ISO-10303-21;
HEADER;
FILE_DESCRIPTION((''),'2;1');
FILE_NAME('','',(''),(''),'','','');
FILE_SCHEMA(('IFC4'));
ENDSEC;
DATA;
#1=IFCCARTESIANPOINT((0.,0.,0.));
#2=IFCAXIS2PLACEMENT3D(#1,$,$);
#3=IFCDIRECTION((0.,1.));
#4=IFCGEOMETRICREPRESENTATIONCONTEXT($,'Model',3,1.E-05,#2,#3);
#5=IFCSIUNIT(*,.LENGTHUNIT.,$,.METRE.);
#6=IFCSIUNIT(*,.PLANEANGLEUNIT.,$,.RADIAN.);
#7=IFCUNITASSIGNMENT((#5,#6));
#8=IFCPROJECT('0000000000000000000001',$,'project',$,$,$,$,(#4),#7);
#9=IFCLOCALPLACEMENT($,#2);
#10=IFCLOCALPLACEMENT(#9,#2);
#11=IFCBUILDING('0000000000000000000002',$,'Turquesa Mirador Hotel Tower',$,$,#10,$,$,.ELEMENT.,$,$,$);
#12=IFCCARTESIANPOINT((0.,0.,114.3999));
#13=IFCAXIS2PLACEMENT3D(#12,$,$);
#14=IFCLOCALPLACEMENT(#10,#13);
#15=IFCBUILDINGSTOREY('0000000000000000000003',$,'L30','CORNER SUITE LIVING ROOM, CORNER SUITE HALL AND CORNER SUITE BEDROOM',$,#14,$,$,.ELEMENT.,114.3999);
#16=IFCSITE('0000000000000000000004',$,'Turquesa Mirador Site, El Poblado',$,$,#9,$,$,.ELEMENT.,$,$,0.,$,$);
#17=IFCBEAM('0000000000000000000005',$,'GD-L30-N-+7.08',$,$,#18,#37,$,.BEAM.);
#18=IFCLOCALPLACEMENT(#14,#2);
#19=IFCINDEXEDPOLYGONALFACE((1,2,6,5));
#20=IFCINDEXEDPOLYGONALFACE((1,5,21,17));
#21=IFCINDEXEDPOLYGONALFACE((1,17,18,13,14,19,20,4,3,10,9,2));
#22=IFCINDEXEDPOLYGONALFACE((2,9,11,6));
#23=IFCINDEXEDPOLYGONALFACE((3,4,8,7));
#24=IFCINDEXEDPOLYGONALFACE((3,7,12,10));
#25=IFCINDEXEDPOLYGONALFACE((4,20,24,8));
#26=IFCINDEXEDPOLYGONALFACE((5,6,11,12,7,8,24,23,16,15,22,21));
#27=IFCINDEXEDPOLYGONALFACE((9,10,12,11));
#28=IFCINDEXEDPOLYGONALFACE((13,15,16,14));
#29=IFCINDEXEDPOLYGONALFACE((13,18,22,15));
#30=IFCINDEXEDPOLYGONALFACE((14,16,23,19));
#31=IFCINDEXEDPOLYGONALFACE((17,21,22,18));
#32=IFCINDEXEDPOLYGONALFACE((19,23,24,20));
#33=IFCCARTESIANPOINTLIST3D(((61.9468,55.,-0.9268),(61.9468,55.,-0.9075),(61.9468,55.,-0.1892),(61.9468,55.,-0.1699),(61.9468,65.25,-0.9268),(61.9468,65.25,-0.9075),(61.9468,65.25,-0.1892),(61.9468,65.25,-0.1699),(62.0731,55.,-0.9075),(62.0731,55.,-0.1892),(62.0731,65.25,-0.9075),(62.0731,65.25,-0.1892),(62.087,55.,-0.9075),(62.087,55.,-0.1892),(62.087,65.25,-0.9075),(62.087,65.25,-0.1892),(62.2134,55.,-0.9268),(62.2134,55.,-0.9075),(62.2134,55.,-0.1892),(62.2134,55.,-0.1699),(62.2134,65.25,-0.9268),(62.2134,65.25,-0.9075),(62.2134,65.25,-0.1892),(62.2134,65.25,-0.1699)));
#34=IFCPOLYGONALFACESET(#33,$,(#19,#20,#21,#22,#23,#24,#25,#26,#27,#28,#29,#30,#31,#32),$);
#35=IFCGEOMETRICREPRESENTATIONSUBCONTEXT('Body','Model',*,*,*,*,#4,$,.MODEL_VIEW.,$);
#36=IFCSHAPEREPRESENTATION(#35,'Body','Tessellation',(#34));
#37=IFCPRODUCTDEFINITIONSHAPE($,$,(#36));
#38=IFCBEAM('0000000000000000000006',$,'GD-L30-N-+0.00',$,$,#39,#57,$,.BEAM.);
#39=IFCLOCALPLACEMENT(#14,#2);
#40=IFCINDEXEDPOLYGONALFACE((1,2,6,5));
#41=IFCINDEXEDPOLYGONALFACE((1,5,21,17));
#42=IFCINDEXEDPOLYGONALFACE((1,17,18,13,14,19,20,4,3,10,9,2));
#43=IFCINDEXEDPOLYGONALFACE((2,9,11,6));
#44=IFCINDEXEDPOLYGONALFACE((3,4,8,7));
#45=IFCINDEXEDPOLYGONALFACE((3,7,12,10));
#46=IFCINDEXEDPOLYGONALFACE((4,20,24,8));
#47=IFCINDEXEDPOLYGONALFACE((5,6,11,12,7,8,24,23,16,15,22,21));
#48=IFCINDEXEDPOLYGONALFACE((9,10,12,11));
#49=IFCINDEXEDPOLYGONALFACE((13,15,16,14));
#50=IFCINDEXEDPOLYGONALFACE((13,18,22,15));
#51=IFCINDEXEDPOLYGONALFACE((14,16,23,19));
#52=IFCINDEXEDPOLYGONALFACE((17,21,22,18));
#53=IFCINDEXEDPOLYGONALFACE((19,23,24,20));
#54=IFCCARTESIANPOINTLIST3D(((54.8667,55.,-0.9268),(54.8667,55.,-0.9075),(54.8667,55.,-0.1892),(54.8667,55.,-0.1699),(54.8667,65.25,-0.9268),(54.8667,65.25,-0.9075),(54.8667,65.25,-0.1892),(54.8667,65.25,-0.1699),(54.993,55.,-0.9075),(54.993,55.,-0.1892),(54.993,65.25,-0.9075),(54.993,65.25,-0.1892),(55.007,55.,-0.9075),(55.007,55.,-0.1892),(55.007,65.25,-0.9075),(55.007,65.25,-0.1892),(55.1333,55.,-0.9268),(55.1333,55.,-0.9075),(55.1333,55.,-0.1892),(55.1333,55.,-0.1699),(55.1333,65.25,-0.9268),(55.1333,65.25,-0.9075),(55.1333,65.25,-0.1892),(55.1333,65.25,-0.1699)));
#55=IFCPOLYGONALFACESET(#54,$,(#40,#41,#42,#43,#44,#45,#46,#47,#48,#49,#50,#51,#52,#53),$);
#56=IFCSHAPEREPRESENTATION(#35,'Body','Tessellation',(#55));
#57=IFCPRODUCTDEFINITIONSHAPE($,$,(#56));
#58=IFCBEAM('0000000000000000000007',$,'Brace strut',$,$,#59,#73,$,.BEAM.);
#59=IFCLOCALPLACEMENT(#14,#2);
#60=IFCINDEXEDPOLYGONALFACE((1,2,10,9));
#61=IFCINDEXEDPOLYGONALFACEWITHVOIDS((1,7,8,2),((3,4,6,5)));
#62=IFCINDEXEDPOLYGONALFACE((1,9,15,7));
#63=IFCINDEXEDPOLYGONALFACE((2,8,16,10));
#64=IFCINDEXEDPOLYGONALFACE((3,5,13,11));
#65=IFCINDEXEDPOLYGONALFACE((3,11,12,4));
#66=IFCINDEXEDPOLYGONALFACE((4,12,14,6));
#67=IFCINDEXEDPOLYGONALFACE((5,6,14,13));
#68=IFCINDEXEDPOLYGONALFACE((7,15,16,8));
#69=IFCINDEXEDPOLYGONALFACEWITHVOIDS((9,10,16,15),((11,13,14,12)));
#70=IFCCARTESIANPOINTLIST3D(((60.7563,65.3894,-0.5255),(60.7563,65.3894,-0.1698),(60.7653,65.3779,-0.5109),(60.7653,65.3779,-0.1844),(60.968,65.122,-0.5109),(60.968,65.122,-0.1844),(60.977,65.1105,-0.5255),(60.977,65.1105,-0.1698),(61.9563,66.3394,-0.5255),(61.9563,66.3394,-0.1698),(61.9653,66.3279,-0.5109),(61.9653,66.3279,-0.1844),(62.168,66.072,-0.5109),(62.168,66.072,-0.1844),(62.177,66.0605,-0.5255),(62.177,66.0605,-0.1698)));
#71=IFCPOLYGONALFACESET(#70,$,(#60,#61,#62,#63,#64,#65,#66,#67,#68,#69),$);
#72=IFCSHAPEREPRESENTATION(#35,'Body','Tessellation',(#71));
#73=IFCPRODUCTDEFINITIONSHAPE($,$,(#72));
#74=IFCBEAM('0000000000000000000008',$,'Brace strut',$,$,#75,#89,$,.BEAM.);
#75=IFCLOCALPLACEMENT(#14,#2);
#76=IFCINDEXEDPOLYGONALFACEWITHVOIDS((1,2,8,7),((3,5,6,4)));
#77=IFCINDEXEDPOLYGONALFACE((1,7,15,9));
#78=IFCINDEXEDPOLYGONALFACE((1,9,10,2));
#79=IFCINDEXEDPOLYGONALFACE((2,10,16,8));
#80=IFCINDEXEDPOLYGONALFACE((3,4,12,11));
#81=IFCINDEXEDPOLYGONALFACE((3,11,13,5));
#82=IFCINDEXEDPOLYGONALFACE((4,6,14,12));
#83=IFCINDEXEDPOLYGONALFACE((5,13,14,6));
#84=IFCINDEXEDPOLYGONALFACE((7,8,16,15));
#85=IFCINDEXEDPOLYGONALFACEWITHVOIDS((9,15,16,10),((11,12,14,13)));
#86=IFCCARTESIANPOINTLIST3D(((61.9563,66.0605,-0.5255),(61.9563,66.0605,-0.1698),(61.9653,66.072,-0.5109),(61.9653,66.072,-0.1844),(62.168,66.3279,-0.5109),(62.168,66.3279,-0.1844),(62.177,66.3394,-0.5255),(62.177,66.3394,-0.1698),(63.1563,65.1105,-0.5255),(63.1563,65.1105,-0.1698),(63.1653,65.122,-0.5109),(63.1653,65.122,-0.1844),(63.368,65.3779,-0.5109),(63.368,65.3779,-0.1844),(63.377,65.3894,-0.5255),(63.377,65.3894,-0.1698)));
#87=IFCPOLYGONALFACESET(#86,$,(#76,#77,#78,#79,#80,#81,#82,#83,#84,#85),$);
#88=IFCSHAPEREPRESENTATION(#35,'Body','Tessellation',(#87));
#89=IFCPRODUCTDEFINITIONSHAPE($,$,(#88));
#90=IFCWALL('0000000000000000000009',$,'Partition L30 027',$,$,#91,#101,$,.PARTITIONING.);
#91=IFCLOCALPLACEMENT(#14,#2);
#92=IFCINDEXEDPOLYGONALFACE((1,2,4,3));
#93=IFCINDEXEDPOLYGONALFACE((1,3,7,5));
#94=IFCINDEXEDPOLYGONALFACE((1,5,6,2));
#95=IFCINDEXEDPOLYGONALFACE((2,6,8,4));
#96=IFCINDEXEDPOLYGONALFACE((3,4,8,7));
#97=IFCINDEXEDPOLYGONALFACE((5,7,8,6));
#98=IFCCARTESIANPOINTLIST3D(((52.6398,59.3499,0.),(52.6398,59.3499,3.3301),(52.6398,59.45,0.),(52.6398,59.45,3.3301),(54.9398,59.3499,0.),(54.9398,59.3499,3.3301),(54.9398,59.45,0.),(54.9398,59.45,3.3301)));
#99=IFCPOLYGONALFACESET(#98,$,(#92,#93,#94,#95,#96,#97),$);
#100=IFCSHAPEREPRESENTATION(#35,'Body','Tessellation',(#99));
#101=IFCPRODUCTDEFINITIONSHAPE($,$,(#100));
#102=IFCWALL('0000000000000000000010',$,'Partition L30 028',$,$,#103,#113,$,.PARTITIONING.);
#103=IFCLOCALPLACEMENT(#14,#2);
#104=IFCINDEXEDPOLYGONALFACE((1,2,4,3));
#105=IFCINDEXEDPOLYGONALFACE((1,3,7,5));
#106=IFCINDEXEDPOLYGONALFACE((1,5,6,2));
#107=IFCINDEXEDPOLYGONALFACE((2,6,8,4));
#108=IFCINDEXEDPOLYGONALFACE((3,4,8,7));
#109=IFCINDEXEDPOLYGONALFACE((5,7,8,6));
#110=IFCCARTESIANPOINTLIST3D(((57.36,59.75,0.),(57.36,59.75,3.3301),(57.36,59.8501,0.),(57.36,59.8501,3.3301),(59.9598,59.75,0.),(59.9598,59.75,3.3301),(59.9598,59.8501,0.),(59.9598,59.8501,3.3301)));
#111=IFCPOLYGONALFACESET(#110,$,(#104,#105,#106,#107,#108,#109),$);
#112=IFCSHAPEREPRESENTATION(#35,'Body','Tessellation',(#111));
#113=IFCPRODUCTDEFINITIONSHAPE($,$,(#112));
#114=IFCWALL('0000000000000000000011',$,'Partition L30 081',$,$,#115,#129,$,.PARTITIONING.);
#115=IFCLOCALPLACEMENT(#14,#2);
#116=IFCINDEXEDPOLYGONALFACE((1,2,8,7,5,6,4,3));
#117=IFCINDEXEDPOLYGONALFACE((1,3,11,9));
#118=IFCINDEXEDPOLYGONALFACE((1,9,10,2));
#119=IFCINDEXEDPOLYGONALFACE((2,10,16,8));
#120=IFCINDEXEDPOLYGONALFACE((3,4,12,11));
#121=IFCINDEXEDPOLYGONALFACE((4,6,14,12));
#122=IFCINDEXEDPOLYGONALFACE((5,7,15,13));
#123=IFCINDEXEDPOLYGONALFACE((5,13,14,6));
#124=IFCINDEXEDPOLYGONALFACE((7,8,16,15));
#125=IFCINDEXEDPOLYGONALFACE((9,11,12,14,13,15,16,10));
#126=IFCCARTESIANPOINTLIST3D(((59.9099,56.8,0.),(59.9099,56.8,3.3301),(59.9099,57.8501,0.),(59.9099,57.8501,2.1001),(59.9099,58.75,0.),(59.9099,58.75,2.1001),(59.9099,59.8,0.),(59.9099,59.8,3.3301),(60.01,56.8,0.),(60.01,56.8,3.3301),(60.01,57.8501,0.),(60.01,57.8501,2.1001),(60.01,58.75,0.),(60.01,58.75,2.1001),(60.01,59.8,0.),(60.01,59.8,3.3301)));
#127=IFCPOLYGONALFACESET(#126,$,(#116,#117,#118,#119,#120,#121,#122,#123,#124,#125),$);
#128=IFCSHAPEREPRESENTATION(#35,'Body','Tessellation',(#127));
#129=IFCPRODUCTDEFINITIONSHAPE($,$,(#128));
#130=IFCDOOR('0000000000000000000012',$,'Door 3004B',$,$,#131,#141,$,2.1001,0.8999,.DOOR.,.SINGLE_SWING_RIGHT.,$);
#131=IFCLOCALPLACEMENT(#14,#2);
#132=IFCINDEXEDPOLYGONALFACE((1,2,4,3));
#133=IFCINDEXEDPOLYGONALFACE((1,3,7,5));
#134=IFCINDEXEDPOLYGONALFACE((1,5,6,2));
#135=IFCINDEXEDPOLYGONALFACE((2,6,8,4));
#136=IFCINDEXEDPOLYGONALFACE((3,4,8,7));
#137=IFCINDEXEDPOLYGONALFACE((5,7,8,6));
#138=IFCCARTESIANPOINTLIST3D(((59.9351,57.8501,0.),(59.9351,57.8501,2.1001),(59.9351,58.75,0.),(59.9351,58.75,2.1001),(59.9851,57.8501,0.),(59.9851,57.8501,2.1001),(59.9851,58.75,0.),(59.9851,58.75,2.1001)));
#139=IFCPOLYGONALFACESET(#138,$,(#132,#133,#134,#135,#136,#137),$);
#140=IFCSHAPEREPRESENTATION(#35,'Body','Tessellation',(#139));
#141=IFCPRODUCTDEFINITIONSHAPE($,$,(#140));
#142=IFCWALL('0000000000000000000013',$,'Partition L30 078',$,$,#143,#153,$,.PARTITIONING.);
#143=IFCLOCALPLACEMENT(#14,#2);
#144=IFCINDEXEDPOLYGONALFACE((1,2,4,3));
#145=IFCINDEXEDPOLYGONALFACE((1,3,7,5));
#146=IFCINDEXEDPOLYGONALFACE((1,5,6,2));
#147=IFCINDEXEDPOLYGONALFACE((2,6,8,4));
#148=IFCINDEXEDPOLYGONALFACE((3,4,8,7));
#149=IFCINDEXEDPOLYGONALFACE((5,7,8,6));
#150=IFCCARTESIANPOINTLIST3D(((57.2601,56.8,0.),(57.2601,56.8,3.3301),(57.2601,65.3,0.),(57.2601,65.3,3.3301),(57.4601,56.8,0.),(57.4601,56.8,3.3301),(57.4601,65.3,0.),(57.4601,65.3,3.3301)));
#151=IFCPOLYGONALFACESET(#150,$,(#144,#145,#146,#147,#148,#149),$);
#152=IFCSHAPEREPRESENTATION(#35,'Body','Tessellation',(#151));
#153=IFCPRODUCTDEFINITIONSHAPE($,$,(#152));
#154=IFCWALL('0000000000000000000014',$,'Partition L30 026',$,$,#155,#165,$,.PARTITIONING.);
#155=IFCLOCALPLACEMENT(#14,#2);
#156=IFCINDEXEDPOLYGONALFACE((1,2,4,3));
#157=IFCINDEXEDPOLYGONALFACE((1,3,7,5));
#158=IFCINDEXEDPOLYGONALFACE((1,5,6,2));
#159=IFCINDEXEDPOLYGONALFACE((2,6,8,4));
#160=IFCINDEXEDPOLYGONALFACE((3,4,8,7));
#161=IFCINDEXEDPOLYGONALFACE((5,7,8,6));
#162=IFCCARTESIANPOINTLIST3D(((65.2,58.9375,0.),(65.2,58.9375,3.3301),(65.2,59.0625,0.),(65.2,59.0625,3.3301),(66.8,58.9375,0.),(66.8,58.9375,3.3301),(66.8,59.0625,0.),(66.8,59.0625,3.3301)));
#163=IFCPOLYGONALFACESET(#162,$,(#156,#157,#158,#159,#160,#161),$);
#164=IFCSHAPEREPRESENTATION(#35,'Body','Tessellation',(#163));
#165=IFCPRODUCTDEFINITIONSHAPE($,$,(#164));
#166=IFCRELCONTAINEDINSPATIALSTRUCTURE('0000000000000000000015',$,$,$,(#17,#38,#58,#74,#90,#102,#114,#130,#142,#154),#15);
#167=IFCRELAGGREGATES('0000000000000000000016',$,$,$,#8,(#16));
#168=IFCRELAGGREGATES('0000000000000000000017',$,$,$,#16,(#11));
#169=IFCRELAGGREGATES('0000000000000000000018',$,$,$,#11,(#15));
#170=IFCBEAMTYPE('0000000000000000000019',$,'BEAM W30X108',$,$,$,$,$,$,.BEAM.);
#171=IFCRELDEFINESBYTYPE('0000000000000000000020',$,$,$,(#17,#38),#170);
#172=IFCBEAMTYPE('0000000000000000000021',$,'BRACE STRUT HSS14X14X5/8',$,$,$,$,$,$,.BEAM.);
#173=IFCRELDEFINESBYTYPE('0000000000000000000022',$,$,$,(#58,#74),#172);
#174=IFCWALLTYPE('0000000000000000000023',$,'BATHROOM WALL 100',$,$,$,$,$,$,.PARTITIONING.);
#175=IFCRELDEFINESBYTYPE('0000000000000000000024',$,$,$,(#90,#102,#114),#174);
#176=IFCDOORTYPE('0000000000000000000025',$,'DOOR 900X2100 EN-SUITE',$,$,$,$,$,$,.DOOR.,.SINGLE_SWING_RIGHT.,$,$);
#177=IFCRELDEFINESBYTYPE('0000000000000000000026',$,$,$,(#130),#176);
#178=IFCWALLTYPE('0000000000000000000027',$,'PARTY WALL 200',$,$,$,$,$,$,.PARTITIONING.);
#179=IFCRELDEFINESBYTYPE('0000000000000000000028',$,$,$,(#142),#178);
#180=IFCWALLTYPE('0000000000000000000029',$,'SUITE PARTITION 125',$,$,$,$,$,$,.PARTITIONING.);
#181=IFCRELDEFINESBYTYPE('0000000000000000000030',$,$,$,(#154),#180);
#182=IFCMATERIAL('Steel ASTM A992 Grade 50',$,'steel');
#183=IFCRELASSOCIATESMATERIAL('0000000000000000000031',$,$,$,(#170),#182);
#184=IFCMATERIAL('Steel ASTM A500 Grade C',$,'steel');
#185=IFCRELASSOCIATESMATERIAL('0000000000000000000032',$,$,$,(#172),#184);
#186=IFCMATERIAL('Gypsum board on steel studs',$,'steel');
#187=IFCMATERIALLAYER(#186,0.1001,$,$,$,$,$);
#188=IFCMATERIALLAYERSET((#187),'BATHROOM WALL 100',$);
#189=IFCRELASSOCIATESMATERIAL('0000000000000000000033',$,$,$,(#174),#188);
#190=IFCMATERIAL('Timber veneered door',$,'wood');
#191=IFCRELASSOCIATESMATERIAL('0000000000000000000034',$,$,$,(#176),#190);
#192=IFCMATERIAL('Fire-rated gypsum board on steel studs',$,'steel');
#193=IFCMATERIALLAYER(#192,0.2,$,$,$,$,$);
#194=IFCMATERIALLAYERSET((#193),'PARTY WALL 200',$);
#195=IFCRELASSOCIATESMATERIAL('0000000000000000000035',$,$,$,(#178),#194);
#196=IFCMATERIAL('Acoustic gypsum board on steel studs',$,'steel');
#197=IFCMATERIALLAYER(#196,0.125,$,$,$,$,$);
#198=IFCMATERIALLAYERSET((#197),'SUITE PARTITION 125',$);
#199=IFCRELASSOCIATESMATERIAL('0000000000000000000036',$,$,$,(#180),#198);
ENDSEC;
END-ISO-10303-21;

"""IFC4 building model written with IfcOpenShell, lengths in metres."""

from ifc_helpers import new_model, si_unit, direction, frame, frame_2d, origin, origin_2d, place, context, subcontext, project, spatial, rectangle, hollow_rectangle, i_section, extrude, material, layer, layer_set, material_profile, profile_set, type_object, element, fill, save


model = new_model("IFC4")

# Units and contexts
model_context = context("Model", 3, precision=1e-05, world=origin(), true_north=direction((0.0, 1.0)))
body_context = subcontext(model_context, "Body", "Model", "MODEL_VIEW")
ifc_project = project(units=[si_unit("LENGTHUNIT", "METRE"), si_unit("PLANEANGLEUNIT", "RADIAN")], contexts=[model_context])

# Site, building, storey
site_placement = place(None, origin())
site = spatial("IfcSite", under=ifc_project, at=site_placement, Name="Turquesa Mirador Site, El Poblado", CompositionType="ELEMENT", RefElevation=0.0)
building_placement = place(site_placement, origin())
building = spatial("IfcBuilding", under=site, at=building_placement, Name="Turquesa Mirador Hotel Tower", CompositionType="ELEMENT")
storey_placement = place(building_placement, frame((0.0, 0.0, 114.3999)))
storey = spatial("IfcBuildingStorey", under=building, at=storey_placement, Name="L30", Description="CORNER SUITE LIVING ROOM, CORNER SUITE HALL AND CORNER SUITE BEDROOM", CompositionType="ELEMENT", Elevation=114.3999)

# Beams
ifc_material_1 = material(Name="Steel ASTM A992 Grade 50", Category="steel")
ifc_material_profile_1 = material_profile(ifc_material_1, i_section(OverallWidth=0.2666, OverallDepth=0.7568, WebThickness=0.0139, FlangeThickness=0.0193, at=origin_2d()), Name="W30X108")
ifc_profile_set_1 = profile_set([ifc_material_profile_1], Name="Steel ASTM A992 Grade 50")
beam_type_1 = type_object("IfcBeamType", Name="BEAM W30X108", PredefinedType="BEAM", material=ifc_profile_set_1)
for number, where, z_axis, x_axis, name in (
    (1, (62.0801, 65.25, -0.5483), (0.0, -1.0, 0.0), (1.0, 0.0, 0.0), "GD-L30-N-+7.08"),
    (2, (55.0, 65.25, -0.5483), (0.0, -1.0, 0.0), (1.0, 0.0, 0.0), "GD-L30-N-+0.00"),
):
    element("IfcBeam", number, at=place(storey_placement, frame(where, z_axis=z_axis, x_axis=x_axis)), inside=storey, type_object=beam_type_1, Name=name, PredefinedType="BEAM", context=body_context, shape_type="SweptSolid", body=[
        extrude(i_section(OverallWidth=0.2666, OverallDepth=0.7568, WebThickness=0.0139, FlangeThickness=0.0193, at=origin_2d()), origin(), (0.0, 0.0, 1.0), 10.25),
    ])
ifc_material_2 = material(Name="Steel ASTM A500 Grade C", Category="steel")
ifc_material_profile_2 = material_profile(ifc_material_2, hollow_rectangle(XDim=0.3557, YDim=0.3557, WallThickness=0.0146, at=origin_2d()), Name="HSS14X14X5/8")
ifc_profile_set_2 = profile_set([ifc_material_profile_2], Name="Steel ASTM A500 Grade C")
beam_type_2 = type_object("IfcBeamType", Name="BRACE STRUT HSS14X14X5/8", PredefinedType="BEAM", material=ifc_profile_set_2)
for number, where, z_axis, x_axis, name in (
    (3, (62.0667, 66.2, -0.3477), (-0.784049, -0.620699, 0.0), (0.620699, -0.784049, 0.0), "Brace strut"),
    (4, (62.0667, 66.2, -0.3477), (0.784049, -0.620699, 0.0), (0.620699, 0.784049, 0.0), "Brace strut"),
):
    element("IfcBeam", number, at=place(storey_placement, frame(where, z_axis=z_axis, x_axis=x_axis)), inside=storey, type_object=beam_type_2, Name=name, PredefinedType="BEAM", context=body_context, shape_type="SweptSolid", body=[
        extrude(hollow_rectangle(XDim=0.3557, YDim=0.3557, WallThickness=0.0146, at=origin_2d()), origin(), (0.0, 0.0, 1.0), 1.5305),
    ])

# Walls
ifc_material_3 = material(Name="Gypsum board on steel studs", Category="steel")
ifc_layer_1 = layer(ifc_material_3, 0.1001)
ifc_layer_set_1 = layer_set([ifc_layer_1], Name="BATHROOM WALL 100")
wall_type_1 = type_object("IfcWallType", Name="BATHROOM WALL 100", PredefinedType="PARTITIONING", material=ifc_layer_set_1)
wall_1_placement = place(storey_placement, frame((52.6399, 59.3999, 0.0), z_axis=(0.0, 0.0, 1.0), x_axis=(1.0, 0.0, 0.0)))
element("IfcWall", 5, at=wall_1_placement, inside=storey, type_object=wall_type_1, Name="Partition L30 027", PredefinedType="PARTITIONING", context=body_context, shape_type="SweptSolid", body=[
    extrude(rectangle(XDim=2.3, YDim=0.1001, at=frame_2d((1.1499, 0.0))), origin(), (0.0, 0.0, 1.0), 3.3301),
])
wall_2_placement = place(storey_placement, frame((57.3601, 59.8, 0.0), z_axis=(0.0, 0.0, 1.0), x_axis=(1.0, 0.0, 0.0)))
element("IfcWall", 6, at=wall_2_placement, inside=storey, type_object=wall_type_1, Name="Partition L30 028", PredefinedType="PARTITIONING", context=body_context, shape_type="SweptSolid", body=[
    extrude(rectangle(XDim=2.5999, YDim=0.1001, at=frame_2d((1.2998, 0.0))), origin(), (0.0, 0.0, 1.0), 3.3301),
])

# Wall, opening, door
wall_3_placement = place(storey_placement, frame((59.96, 56.8, 0.0), z_axis=(0.0, 0.0, 1.0), x_axis=(0.0, 1.0, 0.0)))
wall_3 = element("IfcWall", 7, at=wall_3_placement, inside=storey, type_object=wall_type_1, Name="Partition L30 081", PredefinedType="PARTITIONING", context=body_context, shape_type="SweptSolid", body=[
    extrude(rectangle(XDim=3.0, YDim=0.1001, at=frame_2d((1.5, 0.0))), origin(), (0.0, 0.0, 1.0), 3.3301),
])
opening_1_placement = place(wall_3_placement, frame((1.05, 0.0, 0.0)))
opening_1 = element("IfcOpeningElement", 8, at=opening_1_placement, cuts=wall_3, PredefinedType="OPENING", context=body_context, shape_type="SweptSolid", body=[
    extrude(rectangle(XDim=0.8999, YDim=2.1001, at=frame_2d((0.45, 1.05))), frame((0.0, 0.0601, 0.0), z_axis=(0.0, -1.0, 0.0), x_axis=(1.0, 0.0, 0.0)), (0.0, 0.0, 1.0), 0.1201),
])
ifc_material_4 = material(Name="Timber veneered door", Category="wood")
door_type_1 = type_object("IfcDoorType", Name="DOOR 900X2100 EN-SUITE", OperationType="SINGLE_SWING_RIGHT", PredefinedType="DOOR", material=ifc_material_4)
door_1_placement = place(opening_1_placement, origin())
door_1 = element("IfcDoor", 9, at=door_1_placement, inside=storey, type_object=door_type_1, Name="Door 3004B", OperationType="SINGLE_SWING_RIGHT", OverallHeight=2.1001, OverallWidth=0.8999, PredefinedType="DOOR", context=body_context, shape_type="SweptSolid", body=[
    extrude(rectangle(XDim=0.8999, YDim=2.1001, at=frame_2d((0.45, 1.05))), frame((0.0, 0.0249, 0.0), z_axis=(0.0, -1.0, 0.0), x_axis=(1.0, 0.0, 0.0)), (0.0, 0.0, 1.0), 0.05),
])
fill(opening_1, door_1)

# Walls
ifc_material_5 = material(Name="Fire-rated gypsum board on steel studs", Category="steel")
ifc_layer_2 = layer(ifc_material_5, 0.2)
ifc_layer_set_2 = layer_set([ifc_layer_2], Name="PARTY WALL 200")
wall_type_2 = type_object("IfcWallType", Name="PARTY WALL 200", PredefinedType="PARTITIONING", material=ifc_layer_set_2)
wall_4_placement = place(storey_placement, frame((57.3601, 56.8, 0.0), z_axis=(0.0, 0.0, 1.0), x_axis=(0.0, 1.0, 0.0)))
element("IfcWall", 10, at=wall_4_placement, inside=storey, type_object=wall_type_2, Name="Partition L30 078", PredefinedType="PARTITIONING", context=body_context, shape_type="SweptSolid", body=[
    extrude(rectangle(XDim=8.5, YDim=0.2, at=frame_2d((4.25, 0.0))), origin(), (0.0, 0.0, 1.0), 3.3301),
])
ifc_material_6 = material(Name="Acoustic gypsum board on steel studs", Category="steel")
ifc_layer_3 = layer(ifc_material_6, 0.125)
ifc_layer_set_3 = layer_set([ifc_layer_3], Name="SUITE PARTITION 125")
wall_type_3 = type_object("IfcWallType", Name="SUITE PARTITION 125", PredefinedType="PARTITIONING", material=ifc_layer_set_3)
wall_5_placement = place(storey_placement, frame((65.2, 59.0, 0.0), z_axis=(0.0, 0.0, 1.0), x_axis=(1.0, 0.0, 0.0)))
element("IfcWall", 11, at=wall_5_placement, inside=storey, type_object=wall_type_3, Name="Partition L30 026", PredefinedType="PARTITIONING", context=body_context, shape_type="SweptSolid", body=[
    extrude(rectangle(XDim=1.6001, YDim=0.125, at=frame_2d((0.8, 0.0))), origin(), (0.0, 0.0, 1.0), 3.3301),
])

save(model, "model.ifc")
